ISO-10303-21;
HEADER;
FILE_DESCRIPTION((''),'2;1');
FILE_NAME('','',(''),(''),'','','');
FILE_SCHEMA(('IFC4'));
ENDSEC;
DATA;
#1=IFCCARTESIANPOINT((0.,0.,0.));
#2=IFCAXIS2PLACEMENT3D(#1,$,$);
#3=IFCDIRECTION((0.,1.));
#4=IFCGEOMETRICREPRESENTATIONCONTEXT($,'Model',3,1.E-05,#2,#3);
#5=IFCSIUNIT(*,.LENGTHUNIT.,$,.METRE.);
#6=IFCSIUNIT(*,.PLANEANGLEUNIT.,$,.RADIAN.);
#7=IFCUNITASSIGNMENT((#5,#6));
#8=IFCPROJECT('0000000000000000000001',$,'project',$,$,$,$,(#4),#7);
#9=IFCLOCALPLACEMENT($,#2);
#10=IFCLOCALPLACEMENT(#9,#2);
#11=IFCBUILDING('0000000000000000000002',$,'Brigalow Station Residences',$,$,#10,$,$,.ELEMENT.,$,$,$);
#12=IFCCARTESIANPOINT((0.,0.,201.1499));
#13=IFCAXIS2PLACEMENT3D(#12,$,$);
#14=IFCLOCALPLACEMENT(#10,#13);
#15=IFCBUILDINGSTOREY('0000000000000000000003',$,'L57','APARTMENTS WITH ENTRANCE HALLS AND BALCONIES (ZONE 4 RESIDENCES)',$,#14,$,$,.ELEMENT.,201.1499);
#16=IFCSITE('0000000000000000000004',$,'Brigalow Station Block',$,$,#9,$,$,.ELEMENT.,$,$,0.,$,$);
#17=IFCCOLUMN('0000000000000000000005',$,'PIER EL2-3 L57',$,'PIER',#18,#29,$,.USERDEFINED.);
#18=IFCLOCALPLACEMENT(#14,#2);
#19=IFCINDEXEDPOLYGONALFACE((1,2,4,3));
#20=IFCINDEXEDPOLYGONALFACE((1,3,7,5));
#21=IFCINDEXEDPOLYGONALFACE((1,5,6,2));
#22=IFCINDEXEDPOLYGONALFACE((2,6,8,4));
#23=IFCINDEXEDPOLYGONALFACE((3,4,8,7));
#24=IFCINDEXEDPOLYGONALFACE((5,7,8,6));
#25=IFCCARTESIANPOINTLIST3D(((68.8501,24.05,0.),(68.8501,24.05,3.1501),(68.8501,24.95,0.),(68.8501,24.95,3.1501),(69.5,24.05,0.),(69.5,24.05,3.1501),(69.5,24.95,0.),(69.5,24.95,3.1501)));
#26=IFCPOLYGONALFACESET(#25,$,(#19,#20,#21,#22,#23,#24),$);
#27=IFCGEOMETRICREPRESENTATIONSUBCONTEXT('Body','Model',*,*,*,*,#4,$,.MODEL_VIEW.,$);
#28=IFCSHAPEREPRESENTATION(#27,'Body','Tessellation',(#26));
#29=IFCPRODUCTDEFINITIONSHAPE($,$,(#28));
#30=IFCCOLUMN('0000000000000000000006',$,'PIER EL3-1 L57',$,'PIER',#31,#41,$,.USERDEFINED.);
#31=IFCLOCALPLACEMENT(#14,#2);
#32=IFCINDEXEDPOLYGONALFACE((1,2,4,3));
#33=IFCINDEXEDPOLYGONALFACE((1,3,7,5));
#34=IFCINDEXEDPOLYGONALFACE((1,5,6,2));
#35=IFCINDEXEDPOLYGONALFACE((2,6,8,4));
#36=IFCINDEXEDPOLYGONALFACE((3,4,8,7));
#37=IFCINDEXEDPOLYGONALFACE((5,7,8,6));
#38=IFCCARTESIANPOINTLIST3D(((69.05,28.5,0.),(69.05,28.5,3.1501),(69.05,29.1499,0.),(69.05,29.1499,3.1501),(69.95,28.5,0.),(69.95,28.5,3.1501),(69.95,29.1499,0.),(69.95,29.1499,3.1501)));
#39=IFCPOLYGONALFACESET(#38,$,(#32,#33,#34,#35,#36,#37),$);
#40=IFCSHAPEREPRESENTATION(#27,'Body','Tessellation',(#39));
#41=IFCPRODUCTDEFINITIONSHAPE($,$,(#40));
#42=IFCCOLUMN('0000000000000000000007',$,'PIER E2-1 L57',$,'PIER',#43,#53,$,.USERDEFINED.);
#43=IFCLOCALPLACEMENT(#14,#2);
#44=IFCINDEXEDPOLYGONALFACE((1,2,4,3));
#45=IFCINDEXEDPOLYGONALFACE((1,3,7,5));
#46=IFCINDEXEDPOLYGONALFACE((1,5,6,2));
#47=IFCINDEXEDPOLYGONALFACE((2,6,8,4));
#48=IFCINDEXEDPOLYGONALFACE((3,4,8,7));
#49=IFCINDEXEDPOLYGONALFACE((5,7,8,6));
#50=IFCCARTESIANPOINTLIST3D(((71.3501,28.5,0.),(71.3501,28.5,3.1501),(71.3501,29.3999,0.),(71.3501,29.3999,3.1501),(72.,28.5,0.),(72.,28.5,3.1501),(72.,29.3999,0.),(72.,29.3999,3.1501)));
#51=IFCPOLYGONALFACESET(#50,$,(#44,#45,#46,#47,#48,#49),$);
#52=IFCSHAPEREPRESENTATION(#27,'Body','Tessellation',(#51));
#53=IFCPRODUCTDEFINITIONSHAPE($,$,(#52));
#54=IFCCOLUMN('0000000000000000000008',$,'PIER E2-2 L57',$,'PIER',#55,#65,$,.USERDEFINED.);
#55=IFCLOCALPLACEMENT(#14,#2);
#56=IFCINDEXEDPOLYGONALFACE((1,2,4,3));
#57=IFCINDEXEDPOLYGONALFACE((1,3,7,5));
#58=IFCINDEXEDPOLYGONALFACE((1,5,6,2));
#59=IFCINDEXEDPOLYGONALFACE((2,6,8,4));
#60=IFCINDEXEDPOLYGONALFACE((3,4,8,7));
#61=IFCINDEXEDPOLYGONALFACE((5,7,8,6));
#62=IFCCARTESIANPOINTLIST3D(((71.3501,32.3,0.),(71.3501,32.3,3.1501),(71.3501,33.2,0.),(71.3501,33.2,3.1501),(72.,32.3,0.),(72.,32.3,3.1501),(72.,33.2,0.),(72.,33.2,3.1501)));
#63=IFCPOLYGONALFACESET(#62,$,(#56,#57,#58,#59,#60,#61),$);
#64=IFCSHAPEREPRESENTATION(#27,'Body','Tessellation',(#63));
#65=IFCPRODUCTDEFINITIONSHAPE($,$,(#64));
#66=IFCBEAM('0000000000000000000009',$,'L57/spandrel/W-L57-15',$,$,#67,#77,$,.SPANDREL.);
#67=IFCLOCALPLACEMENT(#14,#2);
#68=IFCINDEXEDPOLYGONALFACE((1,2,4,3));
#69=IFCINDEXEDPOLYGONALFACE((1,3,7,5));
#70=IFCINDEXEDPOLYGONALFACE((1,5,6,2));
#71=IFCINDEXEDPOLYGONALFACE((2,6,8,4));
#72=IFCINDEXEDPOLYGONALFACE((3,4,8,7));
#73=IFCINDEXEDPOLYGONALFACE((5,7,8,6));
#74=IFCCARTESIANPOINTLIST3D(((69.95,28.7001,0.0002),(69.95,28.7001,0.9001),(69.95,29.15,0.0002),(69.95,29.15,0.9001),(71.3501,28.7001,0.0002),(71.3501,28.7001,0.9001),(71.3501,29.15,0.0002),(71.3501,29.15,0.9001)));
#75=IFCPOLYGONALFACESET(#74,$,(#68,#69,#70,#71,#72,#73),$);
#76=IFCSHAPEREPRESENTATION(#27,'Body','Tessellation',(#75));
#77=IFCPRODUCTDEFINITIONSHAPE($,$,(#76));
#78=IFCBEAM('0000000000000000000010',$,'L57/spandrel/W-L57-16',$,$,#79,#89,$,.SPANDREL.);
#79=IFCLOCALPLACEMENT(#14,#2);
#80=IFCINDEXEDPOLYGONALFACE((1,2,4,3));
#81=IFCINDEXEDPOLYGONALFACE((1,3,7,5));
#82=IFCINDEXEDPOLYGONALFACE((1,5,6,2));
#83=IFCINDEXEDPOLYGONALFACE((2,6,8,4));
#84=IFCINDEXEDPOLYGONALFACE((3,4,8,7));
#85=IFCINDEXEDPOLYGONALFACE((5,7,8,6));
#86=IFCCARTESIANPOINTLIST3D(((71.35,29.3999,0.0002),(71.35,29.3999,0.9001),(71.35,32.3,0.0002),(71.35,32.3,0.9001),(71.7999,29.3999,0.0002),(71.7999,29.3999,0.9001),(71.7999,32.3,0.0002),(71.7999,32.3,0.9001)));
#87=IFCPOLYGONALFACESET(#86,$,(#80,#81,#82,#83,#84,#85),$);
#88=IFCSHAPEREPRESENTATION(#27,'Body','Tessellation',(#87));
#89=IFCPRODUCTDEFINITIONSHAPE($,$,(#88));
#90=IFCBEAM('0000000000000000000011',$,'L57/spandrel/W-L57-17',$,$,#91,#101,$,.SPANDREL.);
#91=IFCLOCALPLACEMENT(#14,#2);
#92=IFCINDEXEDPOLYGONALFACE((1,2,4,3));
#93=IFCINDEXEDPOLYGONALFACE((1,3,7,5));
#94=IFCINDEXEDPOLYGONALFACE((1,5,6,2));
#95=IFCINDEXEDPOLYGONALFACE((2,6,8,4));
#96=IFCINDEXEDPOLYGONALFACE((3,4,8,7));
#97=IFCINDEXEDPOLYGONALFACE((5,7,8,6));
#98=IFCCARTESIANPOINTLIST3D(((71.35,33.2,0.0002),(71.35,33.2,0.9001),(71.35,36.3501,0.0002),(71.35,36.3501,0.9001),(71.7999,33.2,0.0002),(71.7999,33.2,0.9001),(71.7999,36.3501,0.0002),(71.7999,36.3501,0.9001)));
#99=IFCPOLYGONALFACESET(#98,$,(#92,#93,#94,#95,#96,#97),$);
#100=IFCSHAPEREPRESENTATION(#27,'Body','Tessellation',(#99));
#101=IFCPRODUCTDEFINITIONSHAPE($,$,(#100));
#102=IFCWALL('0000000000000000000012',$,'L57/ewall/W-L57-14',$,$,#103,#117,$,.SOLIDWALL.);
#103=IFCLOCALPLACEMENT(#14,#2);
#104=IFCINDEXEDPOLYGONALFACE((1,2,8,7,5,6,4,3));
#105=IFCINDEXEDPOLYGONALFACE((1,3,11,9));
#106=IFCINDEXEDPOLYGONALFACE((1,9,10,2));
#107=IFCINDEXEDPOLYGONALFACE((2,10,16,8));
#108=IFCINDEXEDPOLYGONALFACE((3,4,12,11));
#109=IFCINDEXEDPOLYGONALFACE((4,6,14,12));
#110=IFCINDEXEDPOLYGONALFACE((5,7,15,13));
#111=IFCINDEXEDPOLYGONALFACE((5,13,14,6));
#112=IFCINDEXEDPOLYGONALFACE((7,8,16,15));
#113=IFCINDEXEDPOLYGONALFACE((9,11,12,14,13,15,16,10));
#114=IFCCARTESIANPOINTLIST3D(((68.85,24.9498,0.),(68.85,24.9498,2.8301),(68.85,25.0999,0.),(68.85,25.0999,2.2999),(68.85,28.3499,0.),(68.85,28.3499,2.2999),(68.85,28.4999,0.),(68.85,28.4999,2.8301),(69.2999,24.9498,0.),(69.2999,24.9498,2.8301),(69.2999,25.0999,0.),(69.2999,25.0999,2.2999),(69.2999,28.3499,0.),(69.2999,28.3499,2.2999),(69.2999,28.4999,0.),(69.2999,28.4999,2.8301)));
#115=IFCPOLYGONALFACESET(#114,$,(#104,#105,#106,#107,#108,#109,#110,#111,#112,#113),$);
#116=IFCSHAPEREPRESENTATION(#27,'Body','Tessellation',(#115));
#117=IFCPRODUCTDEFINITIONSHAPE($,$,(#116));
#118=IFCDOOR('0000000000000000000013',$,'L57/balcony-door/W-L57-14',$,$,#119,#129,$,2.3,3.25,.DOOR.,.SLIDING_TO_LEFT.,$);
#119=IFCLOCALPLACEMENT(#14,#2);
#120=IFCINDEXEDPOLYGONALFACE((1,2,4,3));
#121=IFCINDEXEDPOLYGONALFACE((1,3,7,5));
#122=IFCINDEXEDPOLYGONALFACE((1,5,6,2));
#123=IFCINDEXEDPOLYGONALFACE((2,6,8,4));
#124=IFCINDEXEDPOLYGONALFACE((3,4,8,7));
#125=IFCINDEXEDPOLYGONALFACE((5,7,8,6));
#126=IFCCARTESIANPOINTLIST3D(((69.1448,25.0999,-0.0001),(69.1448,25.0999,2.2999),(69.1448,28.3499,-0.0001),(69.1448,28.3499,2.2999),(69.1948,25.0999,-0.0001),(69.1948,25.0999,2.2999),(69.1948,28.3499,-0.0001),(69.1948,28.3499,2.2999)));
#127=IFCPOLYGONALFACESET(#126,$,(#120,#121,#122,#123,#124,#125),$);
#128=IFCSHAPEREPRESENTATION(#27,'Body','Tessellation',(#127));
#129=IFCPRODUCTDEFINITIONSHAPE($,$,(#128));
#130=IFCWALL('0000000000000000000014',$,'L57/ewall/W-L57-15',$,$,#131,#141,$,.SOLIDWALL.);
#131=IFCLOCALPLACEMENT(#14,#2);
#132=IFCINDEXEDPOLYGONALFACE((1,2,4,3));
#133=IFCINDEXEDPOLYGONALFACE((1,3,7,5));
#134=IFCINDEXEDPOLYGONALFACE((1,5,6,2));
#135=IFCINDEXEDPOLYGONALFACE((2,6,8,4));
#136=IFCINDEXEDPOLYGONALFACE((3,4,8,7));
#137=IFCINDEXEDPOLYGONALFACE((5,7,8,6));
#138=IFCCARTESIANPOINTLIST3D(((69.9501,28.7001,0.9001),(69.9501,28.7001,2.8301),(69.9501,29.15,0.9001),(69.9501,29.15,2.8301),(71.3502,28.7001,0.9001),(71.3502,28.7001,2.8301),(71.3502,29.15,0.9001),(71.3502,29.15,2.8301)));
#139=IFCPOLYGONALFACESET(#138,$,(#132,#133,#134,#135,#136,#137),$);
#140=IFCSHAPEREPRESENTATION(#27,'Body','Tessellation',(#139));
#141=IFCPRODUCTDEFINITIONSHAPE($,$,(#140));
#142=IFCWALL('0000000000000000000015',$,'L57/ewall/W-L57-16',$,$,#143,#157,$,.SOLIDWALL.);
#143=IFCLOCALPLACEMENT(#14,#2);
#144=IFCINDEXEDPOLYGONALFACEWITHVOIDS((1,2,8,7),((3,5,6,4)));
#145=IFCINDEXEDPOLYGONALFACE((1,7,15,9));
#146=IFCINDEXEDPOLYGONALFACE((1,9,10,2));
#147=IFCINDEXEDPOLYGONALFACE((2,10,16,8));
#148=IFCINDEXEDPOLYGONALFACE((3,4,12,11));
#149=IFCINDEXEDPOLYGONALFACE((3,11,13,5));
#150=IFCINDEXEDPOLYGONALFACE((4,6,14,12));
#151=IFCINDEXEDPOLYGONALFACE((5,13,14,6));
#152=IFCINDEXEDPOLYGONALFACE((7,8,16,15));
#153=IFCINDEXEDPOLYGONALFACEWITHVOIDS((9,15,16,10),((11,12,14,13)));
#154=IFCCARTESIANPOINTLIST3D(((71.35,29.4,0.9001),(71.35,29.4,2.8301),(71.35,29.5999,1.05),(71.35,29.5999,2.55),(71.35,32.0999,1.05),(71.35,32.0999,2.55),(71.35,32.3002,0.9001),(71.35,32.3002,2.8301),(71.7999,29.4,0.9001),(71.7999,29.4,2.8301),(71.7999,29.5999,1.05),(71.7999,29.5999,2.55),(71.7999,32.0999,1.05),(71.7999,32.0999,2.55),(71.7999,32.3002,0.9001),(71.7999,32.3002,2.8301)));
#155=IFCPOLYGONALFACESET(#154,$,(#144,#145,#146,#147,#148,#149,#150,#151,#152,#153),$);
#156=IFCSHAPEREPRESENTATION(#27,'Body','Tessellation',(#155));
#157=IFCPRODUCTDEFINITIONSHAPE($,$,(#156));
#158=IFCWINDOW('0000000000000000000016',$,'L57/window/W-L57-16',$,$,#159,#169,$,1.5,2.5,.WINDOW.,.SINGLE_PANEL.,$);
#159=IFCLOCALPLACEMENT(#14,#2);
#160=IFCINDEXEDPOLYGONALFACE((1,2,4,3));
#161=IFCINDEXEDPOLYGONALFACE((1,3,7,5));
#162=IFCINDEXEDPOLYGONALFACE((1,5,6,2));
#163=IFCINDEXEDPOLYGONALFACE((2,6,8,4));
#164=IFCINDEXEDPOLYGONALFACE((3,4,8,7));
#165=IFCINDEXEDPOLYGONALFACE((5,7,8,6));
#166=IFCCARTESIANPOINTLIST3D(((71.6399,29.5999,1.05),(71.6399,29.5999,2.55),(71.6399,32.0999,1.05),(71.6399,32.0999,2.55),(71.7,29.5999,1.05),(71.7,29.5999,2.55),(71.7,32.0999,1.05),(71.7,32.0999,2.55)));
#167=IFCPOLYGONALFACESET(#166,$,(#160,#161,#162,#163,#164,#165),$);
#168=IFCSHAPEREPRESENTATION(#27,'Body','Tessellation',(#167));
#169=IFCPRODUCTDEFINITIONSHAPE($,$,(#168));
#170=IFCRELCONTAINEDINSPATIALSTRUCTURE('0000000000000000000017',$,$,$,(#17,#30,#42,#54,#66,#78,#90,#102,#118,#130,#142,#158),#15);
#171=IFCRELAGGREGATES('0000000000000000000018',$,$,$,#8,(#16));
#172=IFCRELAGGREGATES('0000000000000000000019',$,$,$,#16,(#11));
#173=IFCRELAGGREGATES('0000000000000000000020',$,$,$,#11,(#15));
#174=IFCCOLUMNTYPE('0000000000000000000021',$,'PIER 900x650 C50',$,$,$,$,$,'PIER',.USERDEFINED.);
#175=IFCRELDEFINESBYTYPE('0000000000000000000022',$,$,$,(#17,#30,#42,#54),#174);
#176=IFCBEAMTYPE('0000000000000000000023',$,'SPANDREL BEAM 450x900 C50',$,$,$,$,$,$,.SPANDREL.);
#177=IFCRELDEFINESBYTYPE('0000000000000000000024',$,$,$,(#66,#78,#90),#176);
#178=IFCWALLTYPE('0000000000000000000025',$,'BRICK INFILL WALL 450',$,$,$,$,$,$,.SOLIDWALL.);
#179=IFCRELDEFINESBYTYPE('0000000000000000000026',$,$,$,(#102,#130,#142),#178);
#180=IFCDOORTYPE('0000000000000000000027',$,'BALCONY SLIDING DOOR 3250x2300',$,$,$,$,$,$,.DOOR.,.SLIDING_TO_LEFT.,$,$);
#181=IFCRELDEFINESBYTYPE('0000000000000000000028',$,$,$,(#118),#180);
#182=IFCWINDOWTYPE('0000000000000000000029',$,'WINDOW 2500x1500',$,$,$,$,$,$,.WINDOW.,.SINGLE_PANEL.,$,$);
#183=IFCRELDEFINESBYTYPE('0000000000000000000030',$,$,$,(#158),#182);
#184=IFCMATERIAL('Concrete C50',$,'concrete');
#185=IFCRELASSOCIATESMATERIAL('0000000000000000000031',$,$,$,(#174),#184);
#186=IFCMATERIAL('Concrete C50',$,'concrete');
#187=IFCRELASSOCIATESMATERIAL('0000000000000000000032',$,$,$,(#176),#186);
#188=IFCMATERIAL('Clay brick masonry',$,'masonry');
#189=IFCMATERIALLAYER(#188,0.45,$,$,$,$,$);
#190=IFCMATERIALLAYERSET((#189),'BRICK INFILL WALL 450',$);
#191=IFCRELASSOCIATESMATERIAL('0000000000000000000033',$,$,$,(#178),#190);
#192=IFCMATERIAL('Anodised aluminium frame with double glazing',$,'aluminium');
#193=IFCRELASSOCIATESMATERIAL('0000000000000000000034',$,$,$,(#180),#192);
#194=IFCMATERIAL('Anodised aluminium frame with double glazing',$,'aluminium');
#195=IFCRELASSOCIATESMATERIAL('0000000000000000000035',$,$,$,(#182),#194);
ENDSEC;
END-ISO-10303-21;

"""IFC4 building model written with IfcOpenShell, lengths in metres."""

from ifc_helpers import new_model, si_unit, direction, frame, frame_2d, origin, origin_2d, place, context, subcontext, project, spatial, rectangle, extrude, material, layer, layer_set, material_profile, profile_set, type_object, element, fill, save


model = new_model("IFC4")

# Units and contexts
model_context = context("Model", 3, precision=1e-05, world=origin(), true_north=direction((0.0, 1.0)))
body_context = subcontext(model_context, "Body", "Model", "MODEL_VIEW")
ifc_project = project(units=[si_unit("LENGTHUNIT", "METRE"), si_unit("PLANEANGLEUNIT", "RADIAN")], contexts=[model_context])

# Site, building, storey
site_placement = place(None, origin())
site = spatial("IfcSite", under=ifc_project, at=site_placement, Name="Brigalow Station Block", CompositionType="ELEMENT", RefElevation=0.0)
building_placement = place(site_placement, origin())
building = spatial("IfcBuilding", under=site, at=building_placement, Name="Brigalow Station Residences", CompositionType="ELEMENT")
storey_placement = place(building_placement, frame((0.0, 0.0, 201.1499)))
storey = spatial("IfcBuildingStorey", under=building, at=storey_placement, Name="L57", Description="APARTMENTS WITH ENTRANCE HALLS AND BALCONIES (ZONE 4 RESIDENCES)", CompositionType="ELEMENT", Elevation=201.1499)

# Columns
ifc_material_1 = material(Name="Concrete C50", Category="concrete")
ifc_material_profile_1 = material_profile(ifc_material_1, rectangle(XDim=0.8999, YDim=0.6499, at=origin_2d()), Name="RC900x650")
ifc_profile_set_1 = profile_set([ifc_material_profile_1], Name="Concrete C50")
column_type = type_object("IfcColumnType", Name="PIER 900x650 C50", ElementType="PIER", PredefinedType="USERDEFINED", material=ifc_profile_set_1)
for number, where, z_axis, x_axis, name in (
    (1, (69.175, 24.5, 0.0), (0.0, 0.0, 1.0), (0.0, 1.0, 0.0), "PIER EL2-3 L57"),
    (2, (69.5, 28.825, 0.0), (0.0, 0.0, 1.0), (1.0, 0.0, 0.0), "PIER EL3-1 L57"),
    (3, (71.675, 28.95, 0.0), (0.0, 0.0, 1.0), (0.0, 1.0, 0.0), "PIER E2-1 L57"),
    (4, (71.675, 32.75, 0.0), (0.0, 0.0, 1.0), (0.0, 1.0, 0.0), "PIER E2-2 L57"),
):
    element("IfcColumn", number, at=place(storey_placement, frame(where, z_axis=z_axis, x_axis=x_axis)), inside=storey, type_object=column_type, Name=name, ObjectType="PIER", PredefinedType="USERDEFINED", context=body_context, shape_type="SweptSolid", body=[
        extrude(rectangle(XDim=0.8999, YDim=0.6499, at=origin_2d()), origin(), (0.0, 0.0, 1.0), 3.1501),
    ])

# Beams
ifc_material_2 = material(Name="Concrete C50", Category="concrete")
ifc_material_profile_2 = material_profile(ifc_material_2, rectangle(XDim=0.45, YDim=0.8999, at=origin_2d()), Name="RC450x900")
ifc_profile_set_2 = profile_set([ifc_material_profile_2], Name="Concrete C50")
beam_type = type_object("IfcBeamType", Name="SPANDREL BEAM 450x900 C50", PredefinedType="SPANDREL", material=ifc_profile_set_2)
beam_1_placement = place(storey_placement, frame((69.95, 28.925, 0.4502), z_axis=(1.0, 0.0, 0.0), x_axis=(0.0, 1.0, 0.0)))
element("IfcBeam", 5, at=beam_1_placement, inside=storey, type_object=beam_type, Name="L57/spandrel/W-L57-15", PredefinedType="SPANDREL", context=body_context, shape_type="SweptSolid", body=[
    extrude(rectangle(XDim=0.45, YDim=0.8999, at=origin_2d()), origin(), (0.0, 0.0, 1.0), 1.4001),
])
beam_2_placement = place(storey_placement, frame((71.575, 29.3999, 0.4502), z_axis=(0.0, 1.0, 0.0), x_axis=(-1.0, 0.0, 0.0)))
element("IfcBeam", 6, at=beam_2_placement, inside=storey, type_object=beam_type, Name="L57/spandrel/W-L57-16", PredefinedType="SPANDREL", context=body_context, shape_type="SweptSolid", body=[
    extrude(rectangle(XDim=0.45, YDim=0.8999, at=origin_2d()), origin(), (0.0, 0.0, 1.0), 2.9001),
])
beam_3_placement = place(storey_placement, frame((71.575, 33.2, 0.4502), z_axis=(0.0, 1.0, 0.0), x_axis=(-1.0, 0.0, 0.0)))
element("IfcBeam", 7, at=beam_3_placement, inside=storey, type_object=beam_type, Name="L57/spandrel/W-L57-17", PredefinedType="SPANDREL", context=body_context, shape_type="SweptSolid", body=[
    extrude(rectangle(XDim=0.45, YDim=0.8999, at=origin_2d()), origin(), (0.0, 0.0, 1.0), 3.1501),
])

# Wall, opening, door
ifc_material_3 = material(Name="Clay brick masonry", Category="masonry")
ifc_layer_1 = layer(ifc_material_3, 0.45)
ifc_layer_set_1 = layer_set([ifc_layer_1], Name="BRICK INFILL WALL 450")
wall_type_1 = type_object("IfcWallType", Name="BRICK INFILL WALL 450", PredefinedType="SOLIDWALL", material=ifc_layer_set_1)
wall_1_placement = place(storey_placement, frame((69.075, 24.95, 0.0), z_axis=(0.0, 0.0, 1.0), x_axis=(0.0, 1.0, 0.0)))
wall_1 = element("IfcWall", 8, at=wall_1_placement, inside=storey, type_object=wall_type_1, Name="L57/ewall/W-L57-14", PredefinedType="SOLIDWALL", context=body_context, shape_type="SweptSolid", body=[
    extrude(rectangle(XDim=3.55, YDim=0.45, at=frame_2d((1.7749, 0.0))), origin(), (0.0, 0.0, 1.0), 2.8301),
])
opening_1_placement = place(wall_1_placement, frame((0.1499, 0.0, 0.0)))
opening_1 = element("IfcOpeningElement", 9, at=opening_1_placement, cuts=wall_1, PredefinedType="OPENING", context=body_context, shape_type="SweptSolid", body=[
    extrude(rectangle(XDim=3.25, YDim=2.3, at=frame_2d((1.625, 1.1499))), frame((0.0, 0.2349, 0.0), z_axis=(0.0, -1.0, 0.0), x_axis=(1.0, 0.0, 0.0)), (0.0, 0.0, 1.0), 0.47),
])
ifc_material_4 = material(Name="Anodised aluminium frame with double glazing", Category="aluminium")
door_type = type_object("IfcDoorType", Name="BALCONY SLIDING DOOR 3250x2300", OperationType="SLIDING_TO_LEFT", PredefinedType="DOOR", material=ifc_material_4)
door_placement = place(opening_1_placement, origin())
door = element("IfcDoor", 10, at=door_placement, inside=storey, type_object=door_type, Name="L57/balcony-door/W-L57-14", OperationType="SLIDING_TO_LEFT", OverallHeight=2.3, OverallWidth=3.25, PredefinedType="DOOR", context=body_context, shape_type="SweptSolid", body=[
    extrude(rectangle(XDim=3.25, YDim=2.3, at=frame_2d((1.625, 1.1499))), frame((0.0, -0.0698, 0.0), z_axis=(0.0, -1.0, 0.0), x_axis=(1.0, 0.0, 0.0)), (0.0, 0.0, 1.0), 0.05),
])
fill(opening_1, door)

# Wall
wall_2_placement = place(storey_placement, frame((69.95, 28.925, 0.9001), z_axis=(0.0, 0.0, 1.0), x_axis=(1.0, 0.0, 0.0)))
element("IfcWall", 11, at=wall_2_placement, inside=storey, type_object=wall_type_1, Name="L57/ewall/W-L57-15", PredefinedType="SOLIDWALL", context=body_context, shape_type="SweptSolid", body=[
    extrude(rectangle(XDim=1.4001, YDim=0.45, at=frame_2d((0.7002, 0.0))), origin(), (0.0, 0.0, 1.0), 1.9299),
])

# Wall, opening, window
wall_3_placement = place(storey_placement, frame((71.575, 29.3999, 0.9001), z_axis=(0.0, 0.0, 1.0), x_axis=(0.0, 1.0, 0.0)))
wall_3 = element("IfcWall", 12, at=wall_3_placement, inside=storey, type_object=wall_type_1, Name="L57/ewall/W-L57-16", PredefinedType="SOLIDWALL", context=body_context, shape_type="SweptSolid", body=[
    extrude(rectangle(XDim=2.9001, YDim=0.45, at=frame_2d((1.4502, 0.0))), origin(), (0.0, 0.0, 1.0), 1.9299),
])
opening_2_placement = place(wall_3_placement, frame((0.2, 0.0, 0.1499)))
opening_2 = element("IfcOpeningElement", 13, at=opening_2_placement, cuts=wall_3, PredefinedType="OPENING", context=body_context, shape_type="SweptSolid", body=[
    extrude(rectangle(XDim=2.5, YDim=1.5, at=frame_2d((1.25, 0.75))), frame((0.0, 0.2349, 0.0), z_axis=(0.0, -1.0, 0.0), x_axis=(1.0, 0.0, 0.0)), (0.0, 0.0, 1.0), 0.47),
])
ifc_material_5 = material(Name="Anodised aluminium frame with double glazing", Category="aluminium")
window_type_1 = type_object("IfcWindowType", Name="WINDOW 2500x1500", PartitioningType="SINGLE_PANEL", PredefinedType="WINDOW", material=ifc_material_5)
window_1_placement = place(opening_2_placement, origin())
window_1 = element("IfcWindow", 14, at=window_1_placement, inside=storey, type_object=window_type_1, Name="L57/window/W-L57-16", OverallHeight=1.5, OverallWidth=2.5, PartitioningType="SINGLE_PANEL", PredefinedType="WINDOW", context=body_context, shape_type="SweptSolid", body=[
    extrude(rectangle(XDim=2.5, YDim=1.5, at=frame_2d((1.25, 0.75))), frame((0.0, -0.0649, 0.0), z_axis=(0.0, -1.0, 0.0), x_axis=(1.0, 0.0, 0.0)), (0.0, 0.0, 1.0), 0.0601),
])
fill(opening_2, window_1)

save(model, "model.ifc")
